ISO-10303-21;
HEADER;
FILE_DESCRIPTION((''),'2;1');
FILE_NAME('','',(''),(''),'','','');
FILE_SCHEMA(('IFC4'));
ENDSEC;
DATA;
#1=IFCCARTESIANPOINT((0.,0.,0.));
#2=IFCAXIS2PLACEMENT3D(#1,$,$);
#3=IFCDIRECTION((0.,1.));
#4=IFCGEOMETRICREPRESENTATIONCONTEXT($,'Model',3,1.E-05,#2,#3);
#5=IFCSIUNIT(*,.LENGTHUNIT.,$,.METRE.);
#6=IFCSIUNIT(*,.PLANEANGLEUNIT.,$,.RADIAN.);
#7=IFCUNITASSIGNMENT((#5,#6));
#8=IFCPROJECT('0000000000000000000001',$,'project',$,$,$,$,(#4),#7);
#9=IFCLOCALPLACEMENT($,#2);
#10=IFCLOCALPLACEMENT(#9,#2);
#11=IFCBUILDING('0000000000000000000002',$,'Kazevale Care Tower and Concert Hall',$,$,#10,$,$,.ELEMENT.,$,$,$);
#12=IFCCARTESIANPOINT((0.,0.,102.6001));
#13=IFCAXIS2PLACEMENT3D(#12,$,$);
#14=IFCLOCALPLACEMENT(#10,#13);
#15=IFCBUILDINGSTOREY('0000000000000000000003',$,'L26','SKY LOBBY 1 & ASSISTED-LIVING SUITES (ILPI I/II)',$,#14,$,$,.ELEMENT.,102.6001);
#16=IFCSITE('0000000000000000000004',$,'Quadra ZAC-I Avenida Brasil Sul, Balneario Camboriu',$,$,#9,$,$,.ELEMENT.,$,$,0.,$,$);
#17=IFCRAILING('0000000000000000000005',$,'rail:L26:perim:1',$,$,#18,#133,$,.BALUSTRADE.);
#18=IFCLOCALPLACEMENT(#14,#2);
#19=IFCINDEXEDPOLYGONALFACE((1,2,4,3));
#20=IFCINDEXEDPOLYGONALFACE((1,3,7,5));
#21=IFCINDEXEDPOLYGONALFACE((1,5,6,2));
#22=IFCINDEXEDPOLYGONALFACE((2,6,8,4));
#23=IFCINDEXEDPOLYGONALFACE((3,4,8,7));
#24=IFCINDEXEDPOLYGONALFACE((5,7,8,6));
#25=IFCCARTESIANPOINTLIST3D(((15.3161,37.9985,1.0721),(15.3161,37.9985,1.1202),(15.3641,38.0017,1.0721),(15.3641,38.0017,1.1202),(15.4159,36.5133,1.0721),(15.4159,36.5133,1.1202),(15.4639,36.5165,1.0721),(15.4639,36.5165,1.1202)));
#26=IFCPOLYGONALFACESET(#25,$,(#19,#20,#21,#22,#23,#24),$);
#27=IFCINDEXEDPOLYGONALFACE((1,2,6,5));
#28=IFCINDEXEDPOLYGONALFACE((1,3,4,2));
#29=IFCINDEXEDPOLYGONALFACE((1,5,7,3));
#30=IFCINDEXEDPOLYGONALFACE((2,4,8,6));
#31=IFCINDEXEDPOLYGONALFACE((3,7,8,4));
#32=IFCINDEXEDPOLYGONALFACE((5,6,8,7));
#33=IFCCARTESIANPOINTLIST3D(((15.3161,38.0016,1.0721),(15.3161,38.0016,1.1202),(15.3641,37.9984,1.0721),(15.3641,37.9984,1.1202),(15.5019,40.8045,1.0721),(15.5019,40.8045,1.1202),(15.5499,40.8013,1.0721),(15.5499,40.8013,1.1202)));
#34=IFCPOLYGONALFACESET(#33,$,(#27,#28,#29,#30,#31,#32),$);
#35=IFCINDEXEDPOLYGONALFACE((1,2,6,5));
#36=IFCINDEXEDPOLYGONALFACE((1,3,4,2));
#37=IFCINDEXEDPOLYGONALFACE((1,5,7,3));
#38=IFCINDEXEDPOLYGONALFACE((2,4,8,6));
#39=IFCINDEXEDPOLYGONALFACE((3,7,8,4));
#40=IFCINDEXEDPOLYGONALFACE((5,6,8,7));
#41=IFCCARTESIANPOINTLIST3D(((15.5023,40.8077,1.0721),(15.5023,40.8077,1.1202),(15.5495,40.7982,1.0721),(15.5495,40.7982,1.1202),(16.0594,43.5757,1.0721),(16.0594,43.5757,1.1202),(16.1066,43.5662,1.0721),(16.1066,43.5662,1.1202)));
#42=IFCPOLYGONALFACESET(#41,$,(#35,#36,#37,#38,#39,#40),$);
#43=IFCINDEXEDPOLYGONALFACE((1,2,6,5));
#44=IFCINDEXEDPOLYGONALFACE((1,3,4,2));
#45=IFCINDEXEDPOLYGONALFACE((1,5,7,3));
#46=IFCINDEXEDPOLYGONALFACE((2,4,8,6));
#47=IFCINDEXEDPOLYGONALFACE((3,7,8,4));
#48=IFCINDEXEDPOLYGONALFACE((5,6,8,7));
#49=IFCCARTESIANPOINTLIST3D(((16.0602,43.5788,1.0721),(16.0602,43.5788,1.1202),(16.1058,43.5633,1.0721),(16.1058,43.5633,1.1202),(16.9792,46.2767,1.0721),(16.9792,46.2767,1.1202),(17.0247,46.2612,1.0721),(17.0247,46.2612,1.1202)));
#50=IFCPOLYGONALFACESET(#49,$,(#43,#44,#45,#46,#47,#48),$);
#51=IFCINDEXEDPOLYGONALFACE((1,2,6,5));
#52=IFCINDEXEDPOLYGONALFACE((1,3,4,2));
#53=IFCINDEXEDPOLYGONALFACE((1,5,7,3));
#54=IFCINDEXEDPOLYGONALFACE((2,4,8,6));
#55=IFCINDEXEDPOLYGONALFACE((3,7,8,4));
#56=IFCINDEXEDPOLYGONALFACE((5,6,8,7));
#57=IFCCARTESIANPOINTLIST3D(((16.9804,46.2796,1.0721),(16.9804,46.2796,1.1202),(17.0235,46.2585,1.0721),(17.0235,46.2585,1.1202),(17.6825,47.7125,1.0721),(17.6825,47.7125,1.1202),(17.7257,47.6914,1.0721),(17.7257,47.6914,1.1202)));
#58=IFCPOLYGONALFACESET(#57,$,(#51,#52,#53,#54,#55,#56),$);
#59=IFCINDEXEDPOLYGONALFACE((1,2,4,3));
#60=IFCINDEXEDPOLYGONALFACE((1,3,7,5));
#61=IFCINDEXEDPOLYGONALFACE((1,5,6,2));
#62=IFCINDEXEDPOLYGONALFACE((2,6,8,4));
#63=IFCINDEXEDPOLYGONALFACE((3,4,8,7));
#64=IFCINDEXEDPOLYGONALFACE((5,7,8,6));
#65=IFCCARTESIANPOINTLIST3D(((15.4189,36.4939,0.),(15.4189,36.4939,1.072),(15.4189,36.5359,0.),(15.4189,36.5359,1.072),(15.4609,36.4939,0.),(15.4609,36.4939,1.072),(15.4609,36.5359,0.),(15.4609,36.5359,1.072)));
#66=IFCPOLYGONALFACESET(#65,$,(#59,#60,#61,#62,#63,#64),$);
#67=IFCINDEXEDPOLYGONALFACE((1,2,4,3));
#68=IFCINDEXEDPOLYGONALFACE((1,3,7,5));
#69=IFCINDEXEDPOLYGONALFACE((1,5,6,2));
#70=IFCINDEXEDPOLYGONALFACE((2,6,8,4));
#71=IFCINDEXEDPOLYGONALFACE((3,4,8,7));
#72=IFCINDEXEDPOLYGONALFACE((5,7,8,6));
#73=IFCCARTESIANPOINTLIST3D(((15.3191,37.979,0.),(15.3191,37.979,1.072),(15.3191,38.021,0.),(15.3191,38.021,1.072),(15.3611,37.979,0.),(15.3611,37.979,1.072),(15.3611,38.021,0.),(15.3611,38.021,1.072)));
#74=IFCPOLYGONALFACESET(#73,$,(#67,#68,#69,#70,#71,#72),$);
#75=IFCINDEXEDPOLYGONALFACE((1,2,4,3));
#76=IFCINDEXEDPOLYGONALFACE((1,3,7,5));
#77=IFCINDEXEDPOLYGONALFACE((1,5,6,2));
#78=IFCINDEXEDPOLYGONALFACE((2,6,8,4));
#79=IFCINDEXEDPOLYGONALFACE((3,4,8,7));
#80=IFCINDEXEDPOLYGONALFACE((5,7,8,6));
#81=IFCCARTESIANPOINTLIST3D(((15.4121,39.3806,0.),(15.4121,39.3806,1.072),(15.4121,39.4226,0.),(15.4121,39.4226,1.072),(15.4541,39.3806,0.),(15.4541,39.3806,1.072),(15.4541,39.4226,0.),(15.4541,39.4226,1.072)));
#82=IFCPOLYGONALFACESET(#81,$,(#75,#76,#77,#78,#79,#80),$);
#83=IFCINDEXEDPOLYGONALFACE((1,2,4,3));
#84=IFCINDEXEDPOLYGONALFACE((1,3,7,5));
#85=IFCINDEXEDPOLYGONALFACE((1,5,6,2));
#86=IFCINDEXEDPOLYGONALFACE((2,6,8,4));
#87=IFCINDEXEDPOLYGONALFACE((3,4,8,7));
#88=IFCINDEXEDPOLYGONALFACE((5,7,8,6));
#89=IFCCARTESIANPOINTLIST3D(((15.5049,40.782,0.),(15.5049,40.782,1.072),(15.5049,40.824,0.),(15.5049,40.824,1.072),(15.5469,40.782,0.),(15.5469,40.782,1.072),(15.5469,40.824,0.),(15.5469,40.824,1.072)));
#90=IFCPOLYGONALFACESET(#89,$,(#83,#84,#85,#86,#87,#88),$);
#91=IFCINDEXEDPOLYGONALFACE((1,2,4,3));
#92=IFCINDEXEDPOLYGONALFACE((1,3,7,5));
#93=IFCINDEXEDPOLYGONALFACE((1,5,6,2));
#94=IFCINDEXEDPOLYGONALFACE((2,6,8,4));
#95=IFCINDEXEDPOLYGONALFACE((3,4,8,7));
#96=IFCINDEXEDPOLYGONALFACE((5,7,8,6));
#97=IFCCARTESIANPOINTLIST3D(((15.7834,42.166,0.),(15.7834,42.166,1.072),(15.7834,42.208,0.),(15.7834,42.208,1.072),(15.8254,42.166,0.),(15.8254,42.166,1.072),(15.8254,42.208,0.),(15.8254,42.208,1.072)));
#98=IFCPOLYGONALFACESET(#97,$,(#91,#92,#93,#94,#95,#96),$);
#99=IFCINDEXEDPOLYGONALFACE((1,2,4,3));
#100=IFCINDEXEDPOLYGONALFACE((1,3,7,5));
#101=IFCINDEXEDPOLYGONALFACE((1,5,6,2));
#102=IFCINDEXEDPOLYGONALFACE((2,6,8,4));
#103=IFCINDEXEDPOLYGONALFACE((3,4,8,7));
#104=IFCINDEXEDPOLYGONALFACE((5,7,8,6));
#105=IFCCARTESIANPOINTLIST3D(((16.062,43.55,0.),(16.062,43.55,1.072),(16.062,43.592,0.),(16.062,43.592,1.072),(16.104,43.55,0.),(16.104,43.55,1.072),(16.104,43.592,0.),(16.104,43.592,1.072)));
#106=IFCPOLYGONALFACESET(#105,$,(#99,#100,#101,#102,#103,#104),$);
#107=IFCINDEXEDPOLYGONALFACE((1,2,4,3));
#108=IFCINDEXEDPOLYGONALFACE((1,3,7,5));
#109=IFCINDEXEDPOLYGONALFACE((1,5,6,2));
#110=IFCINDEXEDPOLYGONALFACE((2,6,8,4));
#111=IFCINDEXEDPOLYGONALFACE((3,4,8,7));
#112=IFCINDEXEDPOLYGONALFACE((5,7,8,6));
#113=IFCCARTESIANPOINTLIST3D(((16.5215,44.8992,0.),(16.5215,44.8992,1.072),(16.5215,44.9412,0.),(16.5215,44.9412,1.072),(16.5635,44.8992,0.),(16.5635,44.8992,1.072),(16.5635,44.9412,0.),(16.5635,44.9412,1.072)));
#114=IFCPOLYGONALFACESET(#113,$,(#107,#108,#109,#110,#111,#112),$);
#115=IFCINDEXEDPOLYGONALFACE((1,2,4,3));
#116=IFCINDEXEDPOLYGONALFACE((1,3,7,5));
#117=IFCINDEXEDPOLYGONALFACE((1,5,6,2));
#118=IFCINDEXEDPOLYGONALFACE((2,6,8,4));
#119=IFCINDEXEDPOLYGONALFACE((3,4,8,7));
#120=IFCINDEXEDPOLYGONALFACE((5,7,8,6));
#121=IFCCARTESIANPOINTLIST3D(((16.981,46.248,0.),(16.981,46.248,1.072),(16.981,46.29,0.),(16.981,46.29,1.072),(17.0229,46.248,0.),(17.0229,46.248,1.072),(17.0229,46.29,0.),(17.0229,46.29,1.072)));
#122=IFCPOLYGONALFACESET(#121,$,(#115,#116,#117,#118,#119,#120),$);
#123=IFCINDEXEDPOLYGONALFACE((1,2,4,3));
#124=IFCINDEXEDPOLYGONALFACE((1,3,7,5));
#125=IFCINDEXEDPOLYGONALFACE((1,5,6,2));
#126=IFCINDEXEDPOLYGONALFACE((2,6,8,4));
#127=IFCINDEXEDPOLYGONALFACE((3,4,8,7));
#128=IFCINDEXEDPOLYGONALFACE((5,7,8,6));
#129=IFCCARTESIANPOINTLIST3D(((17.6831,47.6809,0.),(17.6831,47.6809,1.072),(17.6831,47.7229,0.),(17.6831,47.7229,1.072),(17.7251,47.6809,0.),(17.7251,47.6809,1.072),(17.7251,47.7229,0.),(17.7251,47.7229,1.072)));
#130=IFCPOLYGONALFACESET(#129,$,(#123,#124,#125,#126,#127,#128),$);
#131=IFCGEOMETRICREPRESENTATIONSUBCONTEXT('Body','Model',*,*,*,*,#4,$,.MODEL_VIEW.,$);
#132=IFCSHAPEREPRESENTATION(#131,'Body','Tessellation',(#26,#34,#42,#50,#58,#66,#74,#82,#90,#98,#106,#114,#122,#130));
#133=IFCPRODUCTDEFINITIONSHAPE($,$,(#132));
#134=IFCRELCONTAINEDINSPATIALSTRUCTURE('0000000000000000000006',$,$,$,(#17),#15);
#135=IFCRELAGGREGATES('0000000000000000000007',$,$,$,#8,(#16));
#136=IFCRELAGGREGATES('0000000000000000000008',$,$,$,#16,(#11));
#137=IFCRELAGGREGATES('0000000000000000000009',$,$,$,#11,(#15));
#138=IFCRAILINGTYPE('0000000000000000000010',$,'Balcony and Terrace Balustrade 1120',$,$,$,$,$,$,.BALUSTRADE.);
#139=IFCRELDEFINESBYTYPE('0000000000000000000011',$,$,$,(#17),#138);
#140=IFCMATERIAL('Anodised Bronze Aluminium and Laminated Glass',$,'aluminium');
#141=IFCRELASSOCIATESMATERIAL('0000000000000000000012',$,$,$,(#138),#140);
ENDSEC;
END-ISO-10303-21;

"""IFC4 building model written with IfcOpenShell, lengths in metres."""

from ifc_helpers import new_model, si_unit, direction, frame, origin, origin_2d, place, context, subcontext, project, spatial, rectangle, extrude, material, type_object, element, save


model = new_model("IFC4")

# Units and contexts
model_context = context("Model", 3, precision=1e-05, world=origin(), true_north=direction((0.0, 1.0)))
body_context = subcontext(model_context, "Body", "Model", "MODEL_VIEW")
ifc_project = project(units=[si_unit("LENGTHUNIT", "METRE"), si_unit("PLANEANGLEUNIT", "RADIAN")], contexts=[model_context])

# Site, building, storey
site_placement = place(None, origin())
site = spatial("IfcSite", under=ifc_project, at=site_placement, Name="Quadra ZAC-I Avenida Brasil Sul, Balneario Camboriu", CompositionType="ELEMENT", RefElevation=0.0)
building_placement = place(site_placement, origin())
building = spatial("IfcBuilding", under=site, at=building_placement, Name="Kazevale Care Tower and Concert Hall", CompositionType="ELEMENT")
storey_placement = place(building_placement, frame((0.0, 0.0, 102.6001)))
storey = spatial("IfcBuildingStorey", under=building, at=storey_placement, Name="L26", Description="SKY LOBBY 1 & ASSISTED-LIVING SUITES (ILPI I/II)", CompositionType="ELEMENT", Elevation=102.6001)

# Railing
ifc_material_1 = material(Name="Anodised Bronze Aluminium and Laminated Glass", Category="aluminium")
railing_type = type_object("IfcRailingType", Name="Balcony and Terrace Balustrade 1120", PredefinedType="BALUSTRADE", material=ifc_material_1)
railing_placement = place(storey_placement, frame((15.4399, 36.5149, 0.0)))
element("IfcRailing", 1, at=railing_placement, inside=storey, type_object=railing_type, Name="rail:L26:perim:1", PredefinedType="BALUSTRADE", context=body_context, shape_type="SweptSolid", body=[
    extrude(rectangle(XDim=0.0481, YDim=0.0481, at=origin_2d()), frame((0.0, 0.0, 1.0962), z_axis=(-0.067085, 0.997747, 0.0), x_axis=(-0.997747, -0.067085, 0.0)), (0.0, 0.0, 1.0), 1.4885),
    extrude(rectangle(XDim=0.0481, YDim=0.0481, at=origin_2d()), frame((-0.0999, 1.4851, 1.0962), z_axis=(0.066138, 0.99781, 0.0), x_axis=(-0.99781, 0.066138, 0.0)), (0.0, 0.0, 1.0), 2.8091),
    extrude(rectangle(XDim=0.0481, YDim=0.0481, at=origin_2d()), frame((0.0859, 4.2881, 1.0962), z_axis=(0.197313, 0.980341, 0.0), x_axis=(-0.980341, 0.197313, 0.0)), (0.0, 0.0, 1.0), 2.8235),
    extrude(rectangle(XDim=0.0481, YDim=0.0481, at=origin_2d()), frame((0.6431, 7.0562, 1.0962), z_axis=(0.322414, 0.946599, 0.0), x_axis=(-0.946599, 0.322414, 0.0)), (0.0, 0.0, 1.0), 2.8501),
    extrude(rectangle(XDim=0.0481, YDim=0.0481, at=origin_2d()), frame((1.562, 9.7542, 1.0962), z_axis=(0.440039, 0.897979, 0.0), x_axis=(-0.897979, 0.440039, 0.0)), (0.0, 0.0, 1.0), 1.5957),
    extrude(rectangle(XDim=0.042, YDim=0.042, at=origin_2d()), origin(), (0.0, 0.0, 1.0), 1.072),
    extrude(rectangle(XDim=0.042, YDim=0.042, at=origin_2d()), frame((-0.0999, 1.4851, 0.0)), (0.0, 0.0, 1.0), 1.072),
    extrude(rectangle(XDim=0.042, YDim=0.042, at=origin_2d()), frame((-0.0068, 2.8867, 0.0)), (0.0, 0.0, 1.0), 1.072),
    extrude(rectangle(XDim=0.042, YDim=0.042, at=origin_2d()), frame((0.0859, 4.2881, 0.0)), (0.0, 0.0, 1.0), 1.072),
    extrude(rectangle(XDim=0.042, YDim=0.042, at=origin_2d()), frame((0.3645, 5.6721, 0.0)), (0.0, 0.0, 1.0), 1.072),
    extrude(rectangle(XDim=0.042, YDim=0.042, at=origin_2d()), frame((0.6431, 7.0562, 0.0)), (0.0, 0.0, 1.0), 1.072),
    extrude(rectangle(XDim=0.042, YDim=0.042, at=origin_2d()), frame((1.1025, 8.4053, 0.0)), (0.0, 0.0, 1.0), 1.072),
    extrude(rectangle(XDim=0.042, YDim=0.042, at=origin_2d()), frame((1.562, 9.7542, 0.0)), (0.0, 0.0, 1.0), 1.072),
    extrude(rectangle(XDim=0.042, YDim=0.042, at=origin_2d()), frame((2.2642, 11.187, 0.0)), (0.0, 0.0, 1.0), 1.072),
])

save(model, "model.ifc")
